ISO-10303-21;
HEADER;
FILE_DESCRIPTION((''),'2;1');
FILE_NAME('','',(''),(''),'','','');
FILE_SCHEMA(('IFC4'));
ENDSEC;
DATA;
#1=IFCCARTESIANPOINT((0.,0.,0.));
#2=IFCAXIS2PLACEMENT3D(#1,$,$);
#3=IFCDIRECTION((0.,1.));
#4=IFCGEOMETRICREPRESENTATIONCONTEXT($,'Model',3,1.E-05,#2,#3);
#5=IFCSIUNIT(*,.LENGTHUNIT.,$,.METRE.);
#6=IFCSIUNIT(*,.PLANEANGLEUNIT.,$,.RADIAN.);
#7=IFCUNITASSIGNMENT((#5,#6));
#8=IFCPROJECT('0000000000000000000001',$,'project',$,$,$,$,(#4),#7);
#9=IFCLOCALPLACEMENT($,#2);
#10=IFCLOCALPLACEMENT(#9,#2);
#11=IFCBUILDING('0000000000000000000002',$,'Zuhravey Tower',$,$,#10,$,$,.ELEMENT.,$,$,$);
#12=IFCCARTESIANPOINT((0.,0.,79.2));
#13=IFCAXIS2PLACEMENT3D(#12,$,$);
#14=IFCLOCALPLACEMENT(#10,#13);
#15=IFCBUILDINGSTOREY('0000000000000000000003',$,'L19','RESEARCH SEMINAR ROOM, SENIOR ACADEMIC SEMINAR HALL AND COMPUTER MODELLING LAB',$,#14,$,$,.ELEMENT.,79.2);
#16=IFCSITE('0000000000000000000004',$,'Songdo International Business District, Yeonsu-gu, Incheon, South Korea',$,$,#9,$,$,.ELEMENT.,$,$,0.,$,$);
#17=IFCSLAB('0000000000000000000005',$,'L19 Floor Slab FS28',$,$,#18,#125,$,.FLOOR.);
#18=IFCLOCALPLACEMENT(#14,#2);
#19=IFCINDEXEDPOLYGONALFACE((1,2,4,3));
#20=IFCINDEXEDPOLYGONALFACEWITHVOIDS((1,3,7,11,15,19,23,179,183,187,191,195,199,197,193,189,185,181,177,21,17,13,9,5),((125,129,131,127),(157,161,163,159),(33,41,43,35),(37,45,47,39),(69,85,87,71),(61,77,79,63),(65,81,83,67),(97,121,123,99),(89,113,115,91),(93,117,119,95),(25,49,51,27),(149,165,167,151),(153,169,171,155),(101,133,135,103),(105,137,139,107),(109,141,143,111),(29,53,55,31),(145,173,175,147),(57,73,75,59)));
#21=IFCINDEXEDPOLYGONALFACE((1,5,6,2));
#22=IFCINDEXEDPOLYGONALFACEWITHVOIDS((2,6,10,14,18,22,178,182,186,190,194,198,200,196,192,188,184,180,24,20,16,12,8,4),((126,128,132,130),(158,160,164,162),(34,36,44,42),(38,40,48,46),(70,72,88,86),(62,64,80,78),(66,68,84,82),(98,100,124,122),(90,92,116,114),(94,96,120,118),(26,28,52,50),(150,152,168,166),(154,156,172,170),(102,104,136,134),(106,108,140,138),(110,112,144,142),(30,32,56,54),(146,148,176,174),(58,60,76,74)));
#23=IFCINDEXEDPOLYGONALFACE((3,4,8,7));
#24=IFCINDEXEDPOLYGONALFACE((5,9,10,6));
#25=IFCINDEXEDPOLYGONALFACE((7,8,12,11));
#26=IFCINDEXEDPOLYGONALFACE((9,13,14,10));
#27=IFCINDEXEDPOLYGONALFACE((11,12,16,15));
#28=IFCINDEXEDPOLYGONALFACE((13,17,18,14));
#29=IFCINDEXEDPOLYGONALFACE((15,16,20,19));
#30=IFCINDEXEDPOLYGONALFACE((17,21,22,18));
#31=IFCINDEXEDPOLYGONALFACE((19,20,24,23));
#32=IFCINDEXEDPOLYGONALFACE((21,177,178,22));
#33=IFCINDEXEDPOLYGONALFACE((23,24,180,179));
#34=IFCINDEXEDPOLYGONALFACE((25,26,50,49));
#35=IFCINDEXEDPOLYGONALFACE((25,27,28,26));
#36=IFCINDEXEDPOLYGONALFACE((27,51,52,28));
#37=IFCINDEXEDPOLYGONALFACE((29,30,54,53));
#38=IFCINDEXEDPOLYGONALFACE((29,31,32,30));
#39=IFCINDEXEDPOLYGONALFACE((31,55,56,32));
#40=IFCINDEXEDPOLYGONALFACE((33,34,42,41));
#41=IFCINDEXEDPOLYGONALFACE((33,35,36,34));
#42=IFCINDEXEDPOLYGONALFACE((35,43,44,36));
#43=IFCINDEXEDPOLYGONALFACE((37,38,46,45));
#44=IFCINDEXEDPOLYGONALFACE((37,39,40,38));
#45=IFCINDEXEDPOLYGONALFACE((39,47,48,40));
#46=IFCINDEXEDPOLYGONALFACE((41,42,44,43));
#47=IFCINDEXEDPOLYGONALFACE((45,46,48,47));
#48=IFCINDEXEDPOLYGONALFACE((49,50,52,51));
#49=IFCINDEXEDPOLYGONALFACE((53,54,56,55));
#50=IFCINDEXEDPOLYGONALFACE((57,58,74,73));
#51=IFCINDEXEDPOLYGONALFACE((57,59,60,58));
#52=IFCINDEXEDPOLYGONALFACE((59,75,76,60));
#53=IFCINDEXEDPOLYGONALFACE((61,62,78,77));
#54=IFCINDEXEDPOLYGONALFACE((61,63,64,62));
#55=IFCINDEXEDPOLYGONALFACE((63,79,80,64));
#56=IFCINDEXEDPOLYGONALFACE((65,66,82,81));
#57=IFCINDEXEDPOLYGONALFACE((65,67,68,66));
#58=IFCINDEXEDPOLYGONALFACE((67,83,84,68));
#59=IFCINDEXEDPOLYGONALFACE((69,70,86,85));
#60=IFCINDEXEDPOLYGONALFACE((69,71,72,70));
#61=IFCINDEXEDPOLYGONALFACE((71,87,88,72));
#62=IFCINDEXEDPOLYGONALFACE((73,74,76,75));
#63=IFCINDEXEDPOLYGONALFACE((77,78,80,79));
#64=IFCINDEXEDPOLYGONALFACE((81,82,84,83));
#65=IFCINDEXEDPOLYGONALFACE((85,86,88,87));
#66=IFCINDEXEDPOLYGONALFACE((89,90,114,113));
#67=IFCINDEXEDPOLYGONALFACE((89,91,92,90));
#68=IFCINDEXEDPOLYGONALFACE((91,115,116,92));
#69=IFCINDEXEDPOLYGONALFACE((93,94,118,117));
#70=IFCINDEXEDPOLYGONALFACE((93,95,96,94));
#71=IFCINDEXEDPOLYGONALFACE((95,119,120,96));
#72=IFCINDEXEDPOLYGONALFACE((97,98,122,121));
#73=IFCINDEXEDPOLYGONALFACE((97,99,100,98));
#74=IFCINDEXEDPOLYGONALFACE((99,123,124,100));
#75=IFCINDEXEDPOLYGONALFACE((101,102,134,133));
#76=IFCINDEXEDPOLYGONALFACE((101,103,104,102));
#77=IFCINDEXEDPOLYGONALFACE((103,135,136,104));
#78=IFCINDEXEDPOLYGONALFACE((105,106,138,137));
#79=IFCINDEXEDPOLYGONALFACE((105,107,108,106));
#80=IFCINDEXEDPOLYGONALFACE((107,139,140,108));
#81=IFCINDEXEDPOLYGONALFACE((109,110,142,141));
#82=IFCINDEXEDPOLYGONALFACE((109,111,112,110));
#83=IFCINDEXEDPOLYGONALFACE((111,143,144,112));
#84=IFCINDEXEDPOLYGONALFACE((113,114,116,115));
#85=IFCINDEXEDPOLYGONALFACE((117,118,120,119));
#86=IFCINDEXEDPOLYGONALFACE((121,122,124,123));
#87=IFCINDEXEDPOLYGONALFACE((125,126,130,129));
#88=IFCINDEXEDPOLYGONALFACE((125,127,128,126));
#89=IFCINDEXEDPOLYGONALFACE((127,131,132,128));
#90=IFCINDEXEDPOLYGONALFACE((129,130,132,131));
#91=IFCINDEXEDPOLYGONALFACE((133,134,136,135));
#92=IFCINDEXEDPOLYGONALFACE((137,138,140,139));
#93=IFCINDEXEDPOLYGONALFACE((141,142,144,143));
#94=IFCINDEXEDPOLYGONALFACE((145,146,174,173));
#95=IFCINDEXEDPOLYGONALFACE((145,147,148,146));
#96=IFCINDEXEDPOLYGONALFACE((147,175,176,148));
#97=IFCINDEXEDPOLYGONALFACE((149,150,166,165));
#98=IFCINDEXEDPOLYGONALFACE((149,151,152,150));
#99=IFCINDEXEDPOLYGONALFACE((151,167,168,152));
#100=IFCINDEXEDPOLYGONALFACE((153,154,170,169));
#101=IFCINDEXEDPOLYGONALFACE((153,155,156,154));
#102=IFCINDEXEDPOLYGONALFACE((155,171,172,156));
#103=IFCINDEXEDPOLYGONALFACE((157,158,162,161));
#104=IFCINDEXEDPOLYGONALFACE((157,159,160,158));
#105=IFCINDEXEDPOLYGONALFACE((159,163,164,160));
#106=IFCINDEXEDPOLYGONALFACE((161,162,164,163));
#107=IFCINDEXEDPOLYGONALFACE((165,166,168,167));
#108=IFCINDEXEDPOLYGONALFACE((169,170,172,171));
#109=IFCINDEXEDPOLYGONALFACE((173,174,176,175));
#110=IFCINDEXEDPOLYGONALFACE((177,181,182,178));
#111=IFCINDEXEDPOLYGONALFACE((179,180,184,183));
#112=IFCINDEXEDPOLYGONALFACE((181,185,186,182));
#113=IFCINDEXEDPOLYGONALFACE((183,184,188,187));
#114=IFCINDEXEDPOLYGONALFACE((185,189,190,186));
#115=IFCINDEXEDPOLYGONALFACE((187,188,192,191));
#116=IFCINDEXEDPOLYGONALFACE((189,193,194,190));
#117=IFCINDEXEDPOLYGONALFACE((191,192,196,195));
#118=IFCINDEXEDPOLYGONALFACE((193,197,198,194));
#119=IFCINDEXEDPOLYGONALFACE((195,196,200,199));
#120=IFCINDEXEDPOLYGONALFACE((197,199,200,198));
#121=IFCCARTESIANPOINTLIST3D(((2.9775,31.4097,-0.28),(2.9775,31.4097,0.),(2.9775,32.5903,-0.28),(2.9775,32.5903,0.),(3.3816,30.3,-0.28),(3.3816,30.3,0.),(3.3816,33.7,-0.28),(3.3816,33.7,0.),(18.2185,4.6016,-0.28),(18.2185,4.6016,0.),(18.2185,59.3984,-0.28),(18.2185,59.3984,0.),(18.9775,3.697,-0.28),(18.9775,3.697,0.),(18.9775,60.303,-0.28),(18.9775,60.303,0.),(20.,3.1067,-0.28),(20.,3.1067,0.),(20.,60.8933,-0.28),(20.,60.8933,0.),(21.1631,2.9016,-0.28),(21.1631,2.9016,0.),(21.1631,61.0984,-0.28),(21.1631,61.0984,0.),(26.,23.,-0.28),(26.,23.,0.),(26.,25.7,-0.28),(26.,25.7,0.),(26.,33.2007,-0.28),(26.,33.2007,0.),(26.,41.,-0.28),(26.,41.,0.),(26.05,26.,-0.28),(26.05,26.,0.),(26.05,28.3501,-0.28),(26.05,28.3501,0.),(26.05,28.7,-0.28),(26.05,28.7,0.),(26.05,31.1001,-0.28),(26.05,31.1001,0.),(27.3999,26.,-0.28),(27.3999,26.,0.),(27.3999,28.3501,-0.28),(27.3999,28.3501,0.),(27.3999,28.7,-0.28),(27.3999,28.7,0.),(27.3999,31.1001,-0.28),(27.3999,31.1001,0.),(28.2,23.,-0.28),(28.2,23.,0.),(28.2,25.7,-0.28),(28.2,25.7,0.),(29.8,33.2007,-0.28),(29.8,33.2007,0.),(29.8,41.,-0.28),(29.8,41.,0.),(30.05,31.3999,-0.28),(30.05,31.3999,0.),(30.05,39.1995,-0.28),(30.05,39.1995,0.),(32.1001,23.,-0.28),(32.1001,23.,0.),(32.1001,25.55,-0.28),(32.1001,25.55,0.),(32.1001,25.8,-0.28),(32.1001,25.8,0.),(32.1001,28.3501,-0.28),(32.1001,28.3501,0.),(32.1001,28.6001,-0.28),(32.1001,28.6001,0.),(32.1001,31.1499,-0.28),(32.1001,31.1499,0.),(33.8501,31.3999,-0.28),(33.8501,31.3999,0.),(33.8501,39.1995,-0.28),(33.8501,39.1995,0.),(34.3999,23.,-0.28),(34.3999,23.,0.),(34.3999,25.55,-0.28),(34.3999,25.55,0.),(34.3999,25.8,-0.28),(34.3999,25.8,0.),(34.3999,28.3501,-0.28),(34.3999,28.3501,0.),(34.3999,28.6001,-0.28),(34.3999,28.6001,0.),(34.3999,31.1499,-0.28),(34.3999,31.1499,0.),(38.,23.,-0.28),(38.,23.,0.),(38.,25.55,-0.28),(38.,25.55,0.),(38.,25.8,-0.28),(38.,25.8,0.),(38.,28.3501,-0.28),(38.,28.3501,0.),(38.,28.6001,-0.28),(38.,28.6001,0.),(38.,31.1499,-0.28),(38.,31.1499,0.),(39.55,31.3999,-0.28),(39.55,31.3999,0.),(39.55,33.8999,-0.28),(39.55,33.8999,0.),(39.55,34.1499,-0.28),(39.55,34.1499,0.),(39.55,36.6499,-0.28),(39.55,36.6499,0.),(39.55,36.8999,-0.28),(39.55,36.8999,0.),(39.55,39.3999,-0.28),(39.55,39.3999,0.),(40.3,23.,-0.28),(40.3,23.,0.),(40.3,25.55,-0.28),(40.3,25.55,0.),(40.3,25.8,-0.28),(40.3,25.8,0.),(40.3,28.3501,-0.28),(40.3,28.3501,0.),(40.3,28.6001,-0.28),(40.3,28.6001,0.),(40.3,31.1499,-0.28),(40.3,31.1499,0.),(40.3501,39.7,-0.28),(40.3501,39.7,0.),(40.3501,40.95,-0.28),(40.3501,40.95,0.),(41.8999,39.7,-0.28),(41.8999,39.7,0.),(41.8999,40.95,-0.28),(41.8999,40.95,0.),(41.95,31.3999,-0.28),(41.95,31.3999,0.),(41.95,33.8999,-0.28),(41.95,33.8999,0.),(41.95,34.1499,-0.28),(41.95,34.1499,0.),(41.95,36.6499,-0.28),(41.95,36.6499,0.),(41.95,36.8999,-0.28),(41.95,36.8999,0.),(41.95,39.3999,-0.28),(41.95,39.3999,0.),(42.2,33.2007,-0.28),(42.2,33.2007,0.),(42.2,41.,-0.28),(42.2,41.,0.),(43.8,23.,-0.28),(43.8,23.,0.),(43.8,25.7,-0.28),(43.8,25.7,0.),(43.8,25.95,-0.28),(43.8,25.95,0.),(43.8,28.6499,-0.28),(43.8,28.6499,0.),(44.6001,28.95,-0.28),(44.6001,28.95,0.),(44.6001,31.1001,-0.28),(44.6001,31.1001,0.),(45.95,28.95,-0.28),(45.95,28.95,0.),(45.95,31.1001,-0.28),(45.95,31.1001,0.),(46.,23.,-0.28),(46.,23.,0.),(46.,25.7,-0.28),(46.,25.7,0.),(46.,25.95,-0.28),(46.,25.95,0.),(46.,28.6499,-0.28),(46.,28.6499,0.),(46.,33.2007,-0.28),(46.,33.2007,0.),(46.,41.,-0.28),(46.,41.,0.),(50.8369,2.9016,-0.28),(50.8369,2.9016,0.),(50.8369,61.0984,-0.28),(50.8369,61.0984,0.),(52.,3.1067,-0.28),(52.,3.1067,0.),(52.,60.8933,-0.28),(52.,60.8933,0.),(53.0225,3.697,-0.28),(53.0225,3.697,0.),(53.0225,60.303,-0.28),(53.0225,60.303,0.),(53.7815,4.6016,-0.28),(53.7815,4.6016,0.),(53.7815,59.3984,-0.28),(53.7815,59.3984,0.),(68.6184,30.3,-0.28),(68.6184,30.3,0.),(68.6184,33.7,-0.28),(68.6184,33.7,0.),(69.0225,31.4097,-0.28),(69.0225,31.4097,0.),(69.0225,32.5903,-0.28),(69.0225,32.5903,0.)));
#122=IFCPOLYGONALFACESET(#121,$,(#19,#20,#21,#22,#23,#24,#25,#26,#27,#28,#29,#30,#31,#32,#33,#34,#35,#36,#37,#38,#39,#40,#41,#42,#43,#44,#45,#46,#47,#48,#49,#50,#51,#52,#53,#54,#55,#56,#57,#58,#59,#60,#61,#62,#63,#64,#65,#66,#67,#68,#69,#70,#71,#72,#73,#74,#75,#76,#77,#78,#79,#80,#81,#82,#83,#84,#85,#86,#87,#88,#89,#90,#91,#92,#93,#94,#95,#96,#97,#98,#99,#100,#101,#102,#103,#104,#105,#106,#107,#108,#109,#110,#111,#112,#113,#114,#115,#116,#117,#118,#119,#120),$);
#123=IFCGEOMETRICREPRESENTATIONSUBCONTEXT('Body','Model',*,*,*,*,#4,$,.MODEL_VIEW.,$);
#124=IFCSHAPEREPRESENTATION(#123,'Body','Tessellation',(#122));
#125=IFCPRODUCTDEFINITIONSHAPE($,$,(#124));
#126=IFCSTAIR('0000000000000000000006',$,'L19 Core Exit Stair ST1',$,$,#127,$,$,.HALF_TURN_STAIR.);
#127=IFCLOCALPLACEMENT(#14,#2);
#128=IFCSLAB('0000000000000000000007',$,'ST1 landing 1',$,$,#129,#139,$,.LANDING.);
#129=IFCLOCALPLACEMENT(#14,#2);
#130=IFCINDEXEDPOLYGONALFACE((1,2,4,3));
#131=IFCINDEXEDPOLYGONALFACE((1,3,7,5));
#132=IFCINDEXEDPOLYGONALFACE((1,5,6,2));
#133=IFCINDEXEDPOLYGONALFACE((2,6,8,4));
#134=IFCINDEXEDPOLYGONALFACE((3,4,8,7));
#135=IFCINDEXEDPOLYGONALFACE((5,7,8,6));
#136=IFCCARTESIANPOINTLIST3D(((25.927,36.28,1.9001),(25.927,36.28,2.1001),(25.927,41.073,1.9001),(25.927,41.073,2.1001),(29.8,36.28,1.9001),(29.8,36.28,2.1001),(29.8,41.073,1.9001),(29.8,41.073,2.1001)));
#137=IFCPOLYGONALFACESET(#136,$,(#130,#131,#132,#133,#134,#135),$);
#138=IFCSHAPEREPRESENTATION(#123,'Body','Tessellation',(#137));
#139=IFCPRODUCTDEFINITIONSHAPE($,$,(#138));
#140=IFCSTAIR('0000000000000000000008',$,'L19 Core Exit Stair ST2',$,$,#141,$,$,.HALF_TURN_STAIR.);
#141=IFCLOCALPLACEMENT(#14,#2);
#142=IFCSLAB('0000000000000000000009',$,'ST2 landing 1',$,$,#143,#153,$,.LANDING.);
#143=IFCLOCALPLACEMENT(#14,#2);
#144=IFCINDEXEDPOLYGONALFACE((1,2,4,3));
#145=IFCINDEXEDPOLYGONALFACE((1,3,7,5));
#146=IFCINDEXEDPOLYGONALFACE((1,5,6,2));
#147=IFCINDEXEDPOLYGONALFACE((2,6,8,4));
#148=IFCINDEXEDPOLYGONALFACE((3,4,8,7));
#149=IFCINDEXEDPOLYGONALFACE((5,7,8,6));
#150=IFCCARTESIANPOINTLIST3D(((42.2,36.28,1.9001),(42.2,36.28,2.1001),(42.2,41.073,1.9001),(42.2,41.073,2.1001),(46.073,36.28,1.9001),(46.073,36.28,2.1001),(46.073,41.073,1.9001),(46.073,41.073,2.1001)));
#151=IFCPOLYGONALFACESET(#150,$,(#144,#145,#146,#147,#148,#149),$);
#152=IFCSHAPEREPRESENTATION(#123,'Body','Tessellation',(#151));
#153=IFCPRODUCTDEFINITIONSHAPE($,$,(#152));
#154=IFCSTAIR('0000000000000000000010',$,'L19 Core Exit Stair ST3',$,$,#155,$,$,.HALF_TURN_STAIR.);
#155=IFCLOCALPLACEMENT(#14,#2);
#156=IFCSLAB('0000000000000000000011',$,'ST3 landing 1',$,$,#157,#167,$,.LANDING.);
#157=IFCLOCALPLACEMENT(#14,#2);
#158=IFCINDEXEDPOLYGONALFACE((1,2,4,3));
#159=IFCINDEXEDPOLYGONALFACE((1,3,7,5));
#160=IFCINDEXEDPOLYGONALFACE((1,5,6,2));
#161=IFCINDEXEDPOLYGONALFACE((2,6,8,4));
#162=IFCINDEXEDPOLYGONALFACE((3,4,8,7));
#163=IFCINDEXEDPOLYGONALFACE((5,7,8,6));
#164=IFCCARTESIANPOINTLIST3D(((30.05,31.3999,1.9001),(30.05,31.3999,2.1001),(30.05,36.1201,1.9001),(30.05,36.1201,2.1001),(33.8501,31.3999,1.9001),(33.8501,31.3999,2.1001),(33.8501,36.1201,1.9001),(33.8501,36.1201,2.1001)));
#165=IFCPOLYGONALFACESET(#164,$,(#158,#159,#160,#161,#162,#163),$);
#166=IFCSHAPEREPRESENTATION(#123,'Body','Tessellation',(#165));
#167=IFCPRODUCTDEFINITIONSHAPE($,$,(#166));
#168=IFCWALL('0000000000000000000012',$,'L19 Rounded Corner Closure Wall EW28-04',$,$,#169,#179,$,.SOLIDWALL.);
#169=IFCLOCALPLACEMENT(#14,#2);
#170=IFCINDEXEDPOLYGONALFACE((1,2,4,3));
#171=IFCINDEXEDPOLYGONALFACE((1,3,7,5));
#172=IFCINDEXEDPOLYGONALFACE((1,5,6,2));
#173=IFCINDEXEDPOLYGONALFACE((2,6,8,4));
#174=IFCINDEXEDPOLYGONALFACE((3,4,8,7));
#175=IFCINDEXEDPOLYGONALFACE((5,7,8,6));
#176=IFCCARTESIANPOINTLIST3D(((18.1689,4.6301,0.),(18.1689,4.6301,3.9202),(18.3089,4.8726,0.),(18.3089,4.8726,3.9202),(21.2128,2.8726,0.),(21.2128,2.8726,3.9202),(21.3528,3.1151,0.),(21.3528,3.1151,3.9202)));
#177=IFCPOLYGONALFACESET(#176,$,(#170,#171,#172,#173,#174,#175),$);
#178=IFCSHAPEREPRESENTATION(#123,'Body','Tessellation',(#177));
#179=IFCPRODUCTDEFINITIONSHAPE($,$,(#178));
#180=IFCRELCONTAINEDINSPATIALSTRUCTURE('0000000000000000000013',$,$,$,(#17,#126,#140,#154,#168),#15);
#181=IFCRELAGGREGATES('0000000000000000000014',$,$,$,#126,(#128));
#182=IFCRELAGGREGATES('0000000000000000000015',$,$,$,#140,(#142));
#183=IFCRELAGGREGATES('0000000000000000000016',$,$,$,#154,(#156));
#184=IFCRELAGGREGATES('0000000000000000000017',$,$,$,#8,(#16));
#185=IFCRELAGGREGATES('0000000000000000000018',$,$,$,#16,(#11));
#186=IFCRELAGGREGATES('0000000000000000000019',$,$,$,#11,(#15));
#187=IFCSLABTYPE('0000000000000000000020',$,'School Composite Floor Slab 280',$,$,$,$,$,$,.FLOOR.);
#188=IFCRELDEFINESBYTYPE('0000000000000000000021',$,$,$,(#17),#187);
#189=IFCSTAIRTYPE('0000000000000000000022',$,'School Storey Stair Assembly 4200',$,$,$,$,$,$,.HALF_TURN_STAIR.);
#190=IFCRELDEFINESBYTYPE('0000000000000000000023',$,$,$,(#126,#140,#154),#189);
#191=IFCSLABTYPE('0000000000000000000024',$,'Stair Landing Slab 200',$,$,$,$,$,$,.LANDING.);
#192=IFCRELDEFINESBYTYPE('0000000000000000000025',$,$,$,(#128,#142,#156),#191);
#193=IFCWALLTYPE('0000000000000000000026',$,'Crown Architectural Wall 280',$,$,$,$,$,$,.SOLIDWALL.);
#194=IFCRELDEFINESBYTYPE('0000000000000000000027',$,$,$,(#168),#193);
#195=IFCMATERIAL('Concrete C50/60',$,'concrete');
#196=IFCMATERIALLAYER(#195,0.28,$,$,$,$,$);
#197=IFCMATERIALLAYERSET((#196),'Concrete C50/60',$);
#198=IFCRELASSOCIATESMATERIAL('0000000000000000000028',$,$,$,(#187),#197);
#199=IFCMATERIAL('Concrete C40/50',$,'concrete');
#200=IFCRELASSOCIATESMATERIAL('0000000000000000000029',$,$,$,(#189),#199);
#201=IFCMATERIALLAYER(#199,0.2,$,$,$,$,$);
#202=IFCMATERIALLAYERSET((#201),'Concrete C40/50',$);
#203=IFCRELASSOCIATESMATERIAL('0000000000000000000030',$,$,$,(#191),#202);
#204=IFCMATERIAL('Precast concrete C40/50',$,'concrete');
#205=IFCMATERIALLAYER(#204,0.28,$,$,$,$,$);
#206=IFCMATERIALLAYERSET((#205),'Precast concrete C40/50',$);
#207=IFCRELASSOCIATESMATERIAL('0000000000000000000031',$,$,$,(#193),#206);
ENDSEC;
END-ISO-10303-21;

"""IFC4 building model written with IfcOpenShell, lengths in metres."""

from ifc_helpers import new_model, si_unit, direction, frame, frame_2d, origin, place, context, subcontext, project, spatial, polyline, rectangle, outline, extrude, material, layer, layer_set, type_object, element, aggregate, save


model = new_model("IFC4")

# Units and contexts
model_context = context("Model", 3, precision=1e-05, world=origin(), true_north=direction((0.0, 1.0)))
body_context = subcontext(model_context, "Body", "Model", "MODEL_VIEW")
ifc_project = project(units=[si_unit("LENGTHUNIT", "METRE"), si_unit("PLANEANGLEUNIT", "RADIAN")], contexts=[model_context])

# Site, building, storey
site_placement = place(None, origin())
site = spatial("IfcSite", under=ifc_project, at=site_placement, Name="Songdo International Business District, Yeonsu-gu, Incheon, South Korea", CompositionType="ELEMENT", RefElevation=0.0)
building_placement = place(site_placement, origin())
building = spatial("IfcBuilding", under=site, at=building_placement, Name="Zuhravey Tower", CompositionType="ELEMENT")
storey_placement = place(building_placement, frame((0.0, 0.0, 79.2)))
storey = spatial("IfcBuildingStorey", under=building, at=storey_placement, Name="L19", Description="RESEARCH SEMINAR ROOM, SENIOR ACADEMIC SEMINAR HALL AND COMPUTER MODELLING LAB", CompositionType="ELEMENT", Elevation=79.2)

# Slab
ifc_material_1 = material(Name="Concrete C50/60", Category="concrete")
ifc_layer_1 = layer(ifc_material_1, 0.28)
ifc_layer_set_1 = layer_set([ifc_layer_1], Name="Concrete C50/60")
slab_type_1 = type_object("IfcSlabType", Name="School Composite Floor Slab 280", PredefinedType="FLOOR", material=ifc_layer_set_1)
slab_1_placement = place(storey_placement, frame((0.0, 0.0, -0.28)))
element("IfcSlab", 1, at=slab_1_placement, inside=storey, type_object=slab_type_1, Name="L19 Floor Slab FS28", PredefinedType="FLOOR", context=body_context, shape_type="SweptSolid", body=[
    extrude(outline(polyline([(68.6184, 30.3), (69.0225, 31.4097), (69.0225, 32.5903), (68.6184, 33.7), (53.7815, 59.3984), (53.0225, 60.303), (52.0, 60.8933), (50.8369, 61.0984), (21.1631, 61.0984), (20.0, 60.8933), (18.9775, 60.303), (18.2185, 59.3984), (3.3816, 33.7), (2.9775, 32.5903), (2.9775, 31.4097), (3.3816, 30.3), (18.2185, 4.6016), (18.9775, 3.697), (20.0, 3.1067), (21.1631, 2.9016), (50.8369, 2.9016), (52.0, 3.1067), (53.0225, 3.697), (53.7815, 4.6016), (68.6184, 30.3)]), holes=[polyline([(29.8, 33.2007), (29.8, 41.0), (26.0, 41.0), (26.0, 33.2007), (29.8, 33.2007)]), polyline([(46.0, 33.2007), (46.0, 41.0), (42.2, 41.0), (42.2, 33.2007), (46.0, 33.2007)]), polyline([(30.05, 39.1995), (30.05, 31.3999), (33.8501, 31.3999), (33.8501, 39.1995), (30.05, 39.1995)]), polyline([(32.1001, 23.0), (34.3999, 23.0), (34.3999, 25.55), (32.1001, 25.55), (32.1001, 23.0)]), polyline([(32.1001, 25.8), (34.3999, 25.8), (34.3999, 28.3501), (32.1001, 28.3501), (32.1001, 25.8)]), polyline([(32.1001, 28.6001), (34.3999, 28.6001), (34.3999, 31.1499), (32.1001, 31.1499), (32.1001, 28.6001)]), polyline([(38.0, 23.0), (40.3, 23.0), (40.3, 25.55), (38.0, 25.55), (38.0, 23.0)]), polyline([(38.0, 25.8), (40.3, 25.8), (40.3, 28.3501), (38.0, 28.3501), (38.0, 25.8)]), polyline([(38.0, 28.6001), (40.3, 28.6001), (40.3, 31.1499), (38.0, 31.1499), (38.0, 28.6001)]), polyline([(39.55, 31.3999), (41.95, 31.3999), (41.95, 33.8999), (39.55, 33.8999), (39.55, 31.3999)]), polyline([(39.55, 34.1499), (41.95, 34.1499), (41.95, 36.6499), (39.55, 36.6499), (39.55, 34.1499)]), polyline([(39.55, 36.8999), (41.95, 36.8999), (41.95, 39.3999), (39.55, 39.3999), (39.55, 36.8999)]), polyline([(26.0, 23.0), (28.2, 23.0), (28.2, 25.7), (26.0, 25.7), (26.0, 23.0)]), polyline([(43.8, 23.0), (46.0, 23.0), (46.0, 25.7), (43.8, 25.7), (43.8, 23.0)]), polyline([(43.8, 25.95), (46.0, 25.95), (46.0, 28.6499), (43.8, 28.6499), (43.8, 25.95)]), polyline([(26.05, 26.0), (27.3999, 26.0), (27.3999, 28.3501), (26.05, 28.3501), (26.05, 26.0)]), polyline([(26.05, 28.7), (27.3999, 28.7), (27.3999, 31.1001), (26.05, 31.1001), (26.05, 28.7)]), polyline([(44.6001, 28.95), (45.95, 28.95), (45.95, 31.1001), (44.6001, 31.1001), (44.6001, 28.95)]), polyline([(40.3501, 39.7), (41.8999, 39.7), (41.8999, 40.95), (40.3501, 40.95), (40.3501, 39.7)])]), origin(), (0.0, 0.0, 1.0), 0.28),
])

# Stairs, slabs
ifc_material_2 = material(Name="Concrete C40/50", Category="concrete")
stair_type = type_object("IfcStairType", Name="School Storey Stair Assembly 4200", PredefinedType="HALF_TURN_STAIR", material=ifc_material_2)
stair_1_placement = place(storey_placement, origin())
stair_1 = element("IfcStair", 2, at=stair_1_placement, inside=storey, type_object=stair_type, Name="L19 Core Exit Stair ST1", PredefinedType="HALF_TURN_STAIR")
ifc_layer_2 = layer(ifc_material_2, 0.2)
ifc_layer_set_2 = layer_set([ifc_layer_2], Name="Concrete C40/50")
slab_type_2 = type_object("IfcSlabType", Name="Stair Landing Slab 200", PredefinedType="LANDING", material=ifc_layer_set_2)
slab_2_placement = place(storey_placement, frame((0.0, 0.0, 1.9001)))
slab_2 = element("IfcSlab", 3, at=slab_2_placement, type_object=slab_type_2, Name="ST1 landing 1", PredefinedType="LANDING", context=body_context, shape_type="SweptSolid", body=[
    extrude(outline(polyline([(29.8, 36.28), (29.8, 41.073), (25.927, 41.073), (25.927, 36.28), (29.8, 36.28)])), origin(), (0.0, 0.0, 1.0), 0.2),
])
aggregate(stair_1, [slab_2])
stair_2_placement = place(storey_placement, origin())
stair_2 = element("IfcStair", 4, at=stair_2_placement, inside=storey, type_object=stair_type, Name="L19 Core Exit Stair ST2", PredefinedType="HALF_TURN_STAIR")
slab_3_placement = place(storey_placement, frame((0.0, 0.0, 1.9001)))
slab_3 = element("IfcSlab", 5, at=slab_3_placement, type_object=slab_type_2, Name="ST2 landing 1", PredefinedType="LANDING", context=body_context, shape_type="SweptSolid", body=[
    extrude(outline(polyline([(46.073, 36.28), (46.073, 41.073), (42.2, 41.073), (42.2, 36.28), (46.073, 36.28)])), origin(), (0.0, 0.0, 1.0), 0.2),
])
aggregate(stair_2, [slab_3])
stair_3_placement = place(storey_placement, origin())
stair_3 = element("IfcStair", 6, at=stair_3_placement, inside=storey, type_object=stair_type, Name="L19 Core Exit Stair ST3", PredefinedType="HALF_TURN_STAIR")
slab_4_placement = place(storey_placement, frame((0.0, 0.0, 1.9001)))
slab_4 = element("IfcSlab", 7, at=slab_4_placement, type_object=slab_type_2, Name="ST3 landing 1", PredefinedType="LANDING", context=body_context, shape_type="SweptSolid", body=[
    extrude(outline(polyline([(30.05, 36.1201), (30.05, 31.3999), (33.8501, 31.3999), (33.8501, 36.1201), (30.05, 36.1201)])), origin(), (0.0, 0.0, 1.0), 0.2),
])
aggregate(stair_3, [slab_4])

# Wall
ifc_material_3 = material(Name="Precast concrete C40/50", Category="concrete")
ifc_layer_3 = layer(ifc_material_3, 0.28)
ifc_layer_set_3 = layer_set([ifc_layer_3], Name="Precast concrete C40/50")
wall_type = type_object("IfcWallType", Name="Crown Architectural Wall 280", PredefinedType="SOLIDWALL", material=ifc_layer_set_3)
wall_1_placement = place(storey_placement, frame((21.2827, 2.9939, 0.0), z_axis=(0.0, 0.0, 1.0), x_axis=(-0.866007, 0.500031, 0.0)))
element("IfcWall", 8, at=wall_1_placement, inside=storey, type_object=wall_type, Name="L19 Rounded Corner Closure Wall EW28-04", PredefinedType="SOLIDWALL", context=body_context, shape_type="SweptSolid", body=[
    extrude(rectangle(XDim=3.5149, YDim=0.28, at=frame_2d((1.7573, 0.0))), origin(), (0.0, 0.0, 1.0), 3.9202),
])

save(model, "model.ifc")
